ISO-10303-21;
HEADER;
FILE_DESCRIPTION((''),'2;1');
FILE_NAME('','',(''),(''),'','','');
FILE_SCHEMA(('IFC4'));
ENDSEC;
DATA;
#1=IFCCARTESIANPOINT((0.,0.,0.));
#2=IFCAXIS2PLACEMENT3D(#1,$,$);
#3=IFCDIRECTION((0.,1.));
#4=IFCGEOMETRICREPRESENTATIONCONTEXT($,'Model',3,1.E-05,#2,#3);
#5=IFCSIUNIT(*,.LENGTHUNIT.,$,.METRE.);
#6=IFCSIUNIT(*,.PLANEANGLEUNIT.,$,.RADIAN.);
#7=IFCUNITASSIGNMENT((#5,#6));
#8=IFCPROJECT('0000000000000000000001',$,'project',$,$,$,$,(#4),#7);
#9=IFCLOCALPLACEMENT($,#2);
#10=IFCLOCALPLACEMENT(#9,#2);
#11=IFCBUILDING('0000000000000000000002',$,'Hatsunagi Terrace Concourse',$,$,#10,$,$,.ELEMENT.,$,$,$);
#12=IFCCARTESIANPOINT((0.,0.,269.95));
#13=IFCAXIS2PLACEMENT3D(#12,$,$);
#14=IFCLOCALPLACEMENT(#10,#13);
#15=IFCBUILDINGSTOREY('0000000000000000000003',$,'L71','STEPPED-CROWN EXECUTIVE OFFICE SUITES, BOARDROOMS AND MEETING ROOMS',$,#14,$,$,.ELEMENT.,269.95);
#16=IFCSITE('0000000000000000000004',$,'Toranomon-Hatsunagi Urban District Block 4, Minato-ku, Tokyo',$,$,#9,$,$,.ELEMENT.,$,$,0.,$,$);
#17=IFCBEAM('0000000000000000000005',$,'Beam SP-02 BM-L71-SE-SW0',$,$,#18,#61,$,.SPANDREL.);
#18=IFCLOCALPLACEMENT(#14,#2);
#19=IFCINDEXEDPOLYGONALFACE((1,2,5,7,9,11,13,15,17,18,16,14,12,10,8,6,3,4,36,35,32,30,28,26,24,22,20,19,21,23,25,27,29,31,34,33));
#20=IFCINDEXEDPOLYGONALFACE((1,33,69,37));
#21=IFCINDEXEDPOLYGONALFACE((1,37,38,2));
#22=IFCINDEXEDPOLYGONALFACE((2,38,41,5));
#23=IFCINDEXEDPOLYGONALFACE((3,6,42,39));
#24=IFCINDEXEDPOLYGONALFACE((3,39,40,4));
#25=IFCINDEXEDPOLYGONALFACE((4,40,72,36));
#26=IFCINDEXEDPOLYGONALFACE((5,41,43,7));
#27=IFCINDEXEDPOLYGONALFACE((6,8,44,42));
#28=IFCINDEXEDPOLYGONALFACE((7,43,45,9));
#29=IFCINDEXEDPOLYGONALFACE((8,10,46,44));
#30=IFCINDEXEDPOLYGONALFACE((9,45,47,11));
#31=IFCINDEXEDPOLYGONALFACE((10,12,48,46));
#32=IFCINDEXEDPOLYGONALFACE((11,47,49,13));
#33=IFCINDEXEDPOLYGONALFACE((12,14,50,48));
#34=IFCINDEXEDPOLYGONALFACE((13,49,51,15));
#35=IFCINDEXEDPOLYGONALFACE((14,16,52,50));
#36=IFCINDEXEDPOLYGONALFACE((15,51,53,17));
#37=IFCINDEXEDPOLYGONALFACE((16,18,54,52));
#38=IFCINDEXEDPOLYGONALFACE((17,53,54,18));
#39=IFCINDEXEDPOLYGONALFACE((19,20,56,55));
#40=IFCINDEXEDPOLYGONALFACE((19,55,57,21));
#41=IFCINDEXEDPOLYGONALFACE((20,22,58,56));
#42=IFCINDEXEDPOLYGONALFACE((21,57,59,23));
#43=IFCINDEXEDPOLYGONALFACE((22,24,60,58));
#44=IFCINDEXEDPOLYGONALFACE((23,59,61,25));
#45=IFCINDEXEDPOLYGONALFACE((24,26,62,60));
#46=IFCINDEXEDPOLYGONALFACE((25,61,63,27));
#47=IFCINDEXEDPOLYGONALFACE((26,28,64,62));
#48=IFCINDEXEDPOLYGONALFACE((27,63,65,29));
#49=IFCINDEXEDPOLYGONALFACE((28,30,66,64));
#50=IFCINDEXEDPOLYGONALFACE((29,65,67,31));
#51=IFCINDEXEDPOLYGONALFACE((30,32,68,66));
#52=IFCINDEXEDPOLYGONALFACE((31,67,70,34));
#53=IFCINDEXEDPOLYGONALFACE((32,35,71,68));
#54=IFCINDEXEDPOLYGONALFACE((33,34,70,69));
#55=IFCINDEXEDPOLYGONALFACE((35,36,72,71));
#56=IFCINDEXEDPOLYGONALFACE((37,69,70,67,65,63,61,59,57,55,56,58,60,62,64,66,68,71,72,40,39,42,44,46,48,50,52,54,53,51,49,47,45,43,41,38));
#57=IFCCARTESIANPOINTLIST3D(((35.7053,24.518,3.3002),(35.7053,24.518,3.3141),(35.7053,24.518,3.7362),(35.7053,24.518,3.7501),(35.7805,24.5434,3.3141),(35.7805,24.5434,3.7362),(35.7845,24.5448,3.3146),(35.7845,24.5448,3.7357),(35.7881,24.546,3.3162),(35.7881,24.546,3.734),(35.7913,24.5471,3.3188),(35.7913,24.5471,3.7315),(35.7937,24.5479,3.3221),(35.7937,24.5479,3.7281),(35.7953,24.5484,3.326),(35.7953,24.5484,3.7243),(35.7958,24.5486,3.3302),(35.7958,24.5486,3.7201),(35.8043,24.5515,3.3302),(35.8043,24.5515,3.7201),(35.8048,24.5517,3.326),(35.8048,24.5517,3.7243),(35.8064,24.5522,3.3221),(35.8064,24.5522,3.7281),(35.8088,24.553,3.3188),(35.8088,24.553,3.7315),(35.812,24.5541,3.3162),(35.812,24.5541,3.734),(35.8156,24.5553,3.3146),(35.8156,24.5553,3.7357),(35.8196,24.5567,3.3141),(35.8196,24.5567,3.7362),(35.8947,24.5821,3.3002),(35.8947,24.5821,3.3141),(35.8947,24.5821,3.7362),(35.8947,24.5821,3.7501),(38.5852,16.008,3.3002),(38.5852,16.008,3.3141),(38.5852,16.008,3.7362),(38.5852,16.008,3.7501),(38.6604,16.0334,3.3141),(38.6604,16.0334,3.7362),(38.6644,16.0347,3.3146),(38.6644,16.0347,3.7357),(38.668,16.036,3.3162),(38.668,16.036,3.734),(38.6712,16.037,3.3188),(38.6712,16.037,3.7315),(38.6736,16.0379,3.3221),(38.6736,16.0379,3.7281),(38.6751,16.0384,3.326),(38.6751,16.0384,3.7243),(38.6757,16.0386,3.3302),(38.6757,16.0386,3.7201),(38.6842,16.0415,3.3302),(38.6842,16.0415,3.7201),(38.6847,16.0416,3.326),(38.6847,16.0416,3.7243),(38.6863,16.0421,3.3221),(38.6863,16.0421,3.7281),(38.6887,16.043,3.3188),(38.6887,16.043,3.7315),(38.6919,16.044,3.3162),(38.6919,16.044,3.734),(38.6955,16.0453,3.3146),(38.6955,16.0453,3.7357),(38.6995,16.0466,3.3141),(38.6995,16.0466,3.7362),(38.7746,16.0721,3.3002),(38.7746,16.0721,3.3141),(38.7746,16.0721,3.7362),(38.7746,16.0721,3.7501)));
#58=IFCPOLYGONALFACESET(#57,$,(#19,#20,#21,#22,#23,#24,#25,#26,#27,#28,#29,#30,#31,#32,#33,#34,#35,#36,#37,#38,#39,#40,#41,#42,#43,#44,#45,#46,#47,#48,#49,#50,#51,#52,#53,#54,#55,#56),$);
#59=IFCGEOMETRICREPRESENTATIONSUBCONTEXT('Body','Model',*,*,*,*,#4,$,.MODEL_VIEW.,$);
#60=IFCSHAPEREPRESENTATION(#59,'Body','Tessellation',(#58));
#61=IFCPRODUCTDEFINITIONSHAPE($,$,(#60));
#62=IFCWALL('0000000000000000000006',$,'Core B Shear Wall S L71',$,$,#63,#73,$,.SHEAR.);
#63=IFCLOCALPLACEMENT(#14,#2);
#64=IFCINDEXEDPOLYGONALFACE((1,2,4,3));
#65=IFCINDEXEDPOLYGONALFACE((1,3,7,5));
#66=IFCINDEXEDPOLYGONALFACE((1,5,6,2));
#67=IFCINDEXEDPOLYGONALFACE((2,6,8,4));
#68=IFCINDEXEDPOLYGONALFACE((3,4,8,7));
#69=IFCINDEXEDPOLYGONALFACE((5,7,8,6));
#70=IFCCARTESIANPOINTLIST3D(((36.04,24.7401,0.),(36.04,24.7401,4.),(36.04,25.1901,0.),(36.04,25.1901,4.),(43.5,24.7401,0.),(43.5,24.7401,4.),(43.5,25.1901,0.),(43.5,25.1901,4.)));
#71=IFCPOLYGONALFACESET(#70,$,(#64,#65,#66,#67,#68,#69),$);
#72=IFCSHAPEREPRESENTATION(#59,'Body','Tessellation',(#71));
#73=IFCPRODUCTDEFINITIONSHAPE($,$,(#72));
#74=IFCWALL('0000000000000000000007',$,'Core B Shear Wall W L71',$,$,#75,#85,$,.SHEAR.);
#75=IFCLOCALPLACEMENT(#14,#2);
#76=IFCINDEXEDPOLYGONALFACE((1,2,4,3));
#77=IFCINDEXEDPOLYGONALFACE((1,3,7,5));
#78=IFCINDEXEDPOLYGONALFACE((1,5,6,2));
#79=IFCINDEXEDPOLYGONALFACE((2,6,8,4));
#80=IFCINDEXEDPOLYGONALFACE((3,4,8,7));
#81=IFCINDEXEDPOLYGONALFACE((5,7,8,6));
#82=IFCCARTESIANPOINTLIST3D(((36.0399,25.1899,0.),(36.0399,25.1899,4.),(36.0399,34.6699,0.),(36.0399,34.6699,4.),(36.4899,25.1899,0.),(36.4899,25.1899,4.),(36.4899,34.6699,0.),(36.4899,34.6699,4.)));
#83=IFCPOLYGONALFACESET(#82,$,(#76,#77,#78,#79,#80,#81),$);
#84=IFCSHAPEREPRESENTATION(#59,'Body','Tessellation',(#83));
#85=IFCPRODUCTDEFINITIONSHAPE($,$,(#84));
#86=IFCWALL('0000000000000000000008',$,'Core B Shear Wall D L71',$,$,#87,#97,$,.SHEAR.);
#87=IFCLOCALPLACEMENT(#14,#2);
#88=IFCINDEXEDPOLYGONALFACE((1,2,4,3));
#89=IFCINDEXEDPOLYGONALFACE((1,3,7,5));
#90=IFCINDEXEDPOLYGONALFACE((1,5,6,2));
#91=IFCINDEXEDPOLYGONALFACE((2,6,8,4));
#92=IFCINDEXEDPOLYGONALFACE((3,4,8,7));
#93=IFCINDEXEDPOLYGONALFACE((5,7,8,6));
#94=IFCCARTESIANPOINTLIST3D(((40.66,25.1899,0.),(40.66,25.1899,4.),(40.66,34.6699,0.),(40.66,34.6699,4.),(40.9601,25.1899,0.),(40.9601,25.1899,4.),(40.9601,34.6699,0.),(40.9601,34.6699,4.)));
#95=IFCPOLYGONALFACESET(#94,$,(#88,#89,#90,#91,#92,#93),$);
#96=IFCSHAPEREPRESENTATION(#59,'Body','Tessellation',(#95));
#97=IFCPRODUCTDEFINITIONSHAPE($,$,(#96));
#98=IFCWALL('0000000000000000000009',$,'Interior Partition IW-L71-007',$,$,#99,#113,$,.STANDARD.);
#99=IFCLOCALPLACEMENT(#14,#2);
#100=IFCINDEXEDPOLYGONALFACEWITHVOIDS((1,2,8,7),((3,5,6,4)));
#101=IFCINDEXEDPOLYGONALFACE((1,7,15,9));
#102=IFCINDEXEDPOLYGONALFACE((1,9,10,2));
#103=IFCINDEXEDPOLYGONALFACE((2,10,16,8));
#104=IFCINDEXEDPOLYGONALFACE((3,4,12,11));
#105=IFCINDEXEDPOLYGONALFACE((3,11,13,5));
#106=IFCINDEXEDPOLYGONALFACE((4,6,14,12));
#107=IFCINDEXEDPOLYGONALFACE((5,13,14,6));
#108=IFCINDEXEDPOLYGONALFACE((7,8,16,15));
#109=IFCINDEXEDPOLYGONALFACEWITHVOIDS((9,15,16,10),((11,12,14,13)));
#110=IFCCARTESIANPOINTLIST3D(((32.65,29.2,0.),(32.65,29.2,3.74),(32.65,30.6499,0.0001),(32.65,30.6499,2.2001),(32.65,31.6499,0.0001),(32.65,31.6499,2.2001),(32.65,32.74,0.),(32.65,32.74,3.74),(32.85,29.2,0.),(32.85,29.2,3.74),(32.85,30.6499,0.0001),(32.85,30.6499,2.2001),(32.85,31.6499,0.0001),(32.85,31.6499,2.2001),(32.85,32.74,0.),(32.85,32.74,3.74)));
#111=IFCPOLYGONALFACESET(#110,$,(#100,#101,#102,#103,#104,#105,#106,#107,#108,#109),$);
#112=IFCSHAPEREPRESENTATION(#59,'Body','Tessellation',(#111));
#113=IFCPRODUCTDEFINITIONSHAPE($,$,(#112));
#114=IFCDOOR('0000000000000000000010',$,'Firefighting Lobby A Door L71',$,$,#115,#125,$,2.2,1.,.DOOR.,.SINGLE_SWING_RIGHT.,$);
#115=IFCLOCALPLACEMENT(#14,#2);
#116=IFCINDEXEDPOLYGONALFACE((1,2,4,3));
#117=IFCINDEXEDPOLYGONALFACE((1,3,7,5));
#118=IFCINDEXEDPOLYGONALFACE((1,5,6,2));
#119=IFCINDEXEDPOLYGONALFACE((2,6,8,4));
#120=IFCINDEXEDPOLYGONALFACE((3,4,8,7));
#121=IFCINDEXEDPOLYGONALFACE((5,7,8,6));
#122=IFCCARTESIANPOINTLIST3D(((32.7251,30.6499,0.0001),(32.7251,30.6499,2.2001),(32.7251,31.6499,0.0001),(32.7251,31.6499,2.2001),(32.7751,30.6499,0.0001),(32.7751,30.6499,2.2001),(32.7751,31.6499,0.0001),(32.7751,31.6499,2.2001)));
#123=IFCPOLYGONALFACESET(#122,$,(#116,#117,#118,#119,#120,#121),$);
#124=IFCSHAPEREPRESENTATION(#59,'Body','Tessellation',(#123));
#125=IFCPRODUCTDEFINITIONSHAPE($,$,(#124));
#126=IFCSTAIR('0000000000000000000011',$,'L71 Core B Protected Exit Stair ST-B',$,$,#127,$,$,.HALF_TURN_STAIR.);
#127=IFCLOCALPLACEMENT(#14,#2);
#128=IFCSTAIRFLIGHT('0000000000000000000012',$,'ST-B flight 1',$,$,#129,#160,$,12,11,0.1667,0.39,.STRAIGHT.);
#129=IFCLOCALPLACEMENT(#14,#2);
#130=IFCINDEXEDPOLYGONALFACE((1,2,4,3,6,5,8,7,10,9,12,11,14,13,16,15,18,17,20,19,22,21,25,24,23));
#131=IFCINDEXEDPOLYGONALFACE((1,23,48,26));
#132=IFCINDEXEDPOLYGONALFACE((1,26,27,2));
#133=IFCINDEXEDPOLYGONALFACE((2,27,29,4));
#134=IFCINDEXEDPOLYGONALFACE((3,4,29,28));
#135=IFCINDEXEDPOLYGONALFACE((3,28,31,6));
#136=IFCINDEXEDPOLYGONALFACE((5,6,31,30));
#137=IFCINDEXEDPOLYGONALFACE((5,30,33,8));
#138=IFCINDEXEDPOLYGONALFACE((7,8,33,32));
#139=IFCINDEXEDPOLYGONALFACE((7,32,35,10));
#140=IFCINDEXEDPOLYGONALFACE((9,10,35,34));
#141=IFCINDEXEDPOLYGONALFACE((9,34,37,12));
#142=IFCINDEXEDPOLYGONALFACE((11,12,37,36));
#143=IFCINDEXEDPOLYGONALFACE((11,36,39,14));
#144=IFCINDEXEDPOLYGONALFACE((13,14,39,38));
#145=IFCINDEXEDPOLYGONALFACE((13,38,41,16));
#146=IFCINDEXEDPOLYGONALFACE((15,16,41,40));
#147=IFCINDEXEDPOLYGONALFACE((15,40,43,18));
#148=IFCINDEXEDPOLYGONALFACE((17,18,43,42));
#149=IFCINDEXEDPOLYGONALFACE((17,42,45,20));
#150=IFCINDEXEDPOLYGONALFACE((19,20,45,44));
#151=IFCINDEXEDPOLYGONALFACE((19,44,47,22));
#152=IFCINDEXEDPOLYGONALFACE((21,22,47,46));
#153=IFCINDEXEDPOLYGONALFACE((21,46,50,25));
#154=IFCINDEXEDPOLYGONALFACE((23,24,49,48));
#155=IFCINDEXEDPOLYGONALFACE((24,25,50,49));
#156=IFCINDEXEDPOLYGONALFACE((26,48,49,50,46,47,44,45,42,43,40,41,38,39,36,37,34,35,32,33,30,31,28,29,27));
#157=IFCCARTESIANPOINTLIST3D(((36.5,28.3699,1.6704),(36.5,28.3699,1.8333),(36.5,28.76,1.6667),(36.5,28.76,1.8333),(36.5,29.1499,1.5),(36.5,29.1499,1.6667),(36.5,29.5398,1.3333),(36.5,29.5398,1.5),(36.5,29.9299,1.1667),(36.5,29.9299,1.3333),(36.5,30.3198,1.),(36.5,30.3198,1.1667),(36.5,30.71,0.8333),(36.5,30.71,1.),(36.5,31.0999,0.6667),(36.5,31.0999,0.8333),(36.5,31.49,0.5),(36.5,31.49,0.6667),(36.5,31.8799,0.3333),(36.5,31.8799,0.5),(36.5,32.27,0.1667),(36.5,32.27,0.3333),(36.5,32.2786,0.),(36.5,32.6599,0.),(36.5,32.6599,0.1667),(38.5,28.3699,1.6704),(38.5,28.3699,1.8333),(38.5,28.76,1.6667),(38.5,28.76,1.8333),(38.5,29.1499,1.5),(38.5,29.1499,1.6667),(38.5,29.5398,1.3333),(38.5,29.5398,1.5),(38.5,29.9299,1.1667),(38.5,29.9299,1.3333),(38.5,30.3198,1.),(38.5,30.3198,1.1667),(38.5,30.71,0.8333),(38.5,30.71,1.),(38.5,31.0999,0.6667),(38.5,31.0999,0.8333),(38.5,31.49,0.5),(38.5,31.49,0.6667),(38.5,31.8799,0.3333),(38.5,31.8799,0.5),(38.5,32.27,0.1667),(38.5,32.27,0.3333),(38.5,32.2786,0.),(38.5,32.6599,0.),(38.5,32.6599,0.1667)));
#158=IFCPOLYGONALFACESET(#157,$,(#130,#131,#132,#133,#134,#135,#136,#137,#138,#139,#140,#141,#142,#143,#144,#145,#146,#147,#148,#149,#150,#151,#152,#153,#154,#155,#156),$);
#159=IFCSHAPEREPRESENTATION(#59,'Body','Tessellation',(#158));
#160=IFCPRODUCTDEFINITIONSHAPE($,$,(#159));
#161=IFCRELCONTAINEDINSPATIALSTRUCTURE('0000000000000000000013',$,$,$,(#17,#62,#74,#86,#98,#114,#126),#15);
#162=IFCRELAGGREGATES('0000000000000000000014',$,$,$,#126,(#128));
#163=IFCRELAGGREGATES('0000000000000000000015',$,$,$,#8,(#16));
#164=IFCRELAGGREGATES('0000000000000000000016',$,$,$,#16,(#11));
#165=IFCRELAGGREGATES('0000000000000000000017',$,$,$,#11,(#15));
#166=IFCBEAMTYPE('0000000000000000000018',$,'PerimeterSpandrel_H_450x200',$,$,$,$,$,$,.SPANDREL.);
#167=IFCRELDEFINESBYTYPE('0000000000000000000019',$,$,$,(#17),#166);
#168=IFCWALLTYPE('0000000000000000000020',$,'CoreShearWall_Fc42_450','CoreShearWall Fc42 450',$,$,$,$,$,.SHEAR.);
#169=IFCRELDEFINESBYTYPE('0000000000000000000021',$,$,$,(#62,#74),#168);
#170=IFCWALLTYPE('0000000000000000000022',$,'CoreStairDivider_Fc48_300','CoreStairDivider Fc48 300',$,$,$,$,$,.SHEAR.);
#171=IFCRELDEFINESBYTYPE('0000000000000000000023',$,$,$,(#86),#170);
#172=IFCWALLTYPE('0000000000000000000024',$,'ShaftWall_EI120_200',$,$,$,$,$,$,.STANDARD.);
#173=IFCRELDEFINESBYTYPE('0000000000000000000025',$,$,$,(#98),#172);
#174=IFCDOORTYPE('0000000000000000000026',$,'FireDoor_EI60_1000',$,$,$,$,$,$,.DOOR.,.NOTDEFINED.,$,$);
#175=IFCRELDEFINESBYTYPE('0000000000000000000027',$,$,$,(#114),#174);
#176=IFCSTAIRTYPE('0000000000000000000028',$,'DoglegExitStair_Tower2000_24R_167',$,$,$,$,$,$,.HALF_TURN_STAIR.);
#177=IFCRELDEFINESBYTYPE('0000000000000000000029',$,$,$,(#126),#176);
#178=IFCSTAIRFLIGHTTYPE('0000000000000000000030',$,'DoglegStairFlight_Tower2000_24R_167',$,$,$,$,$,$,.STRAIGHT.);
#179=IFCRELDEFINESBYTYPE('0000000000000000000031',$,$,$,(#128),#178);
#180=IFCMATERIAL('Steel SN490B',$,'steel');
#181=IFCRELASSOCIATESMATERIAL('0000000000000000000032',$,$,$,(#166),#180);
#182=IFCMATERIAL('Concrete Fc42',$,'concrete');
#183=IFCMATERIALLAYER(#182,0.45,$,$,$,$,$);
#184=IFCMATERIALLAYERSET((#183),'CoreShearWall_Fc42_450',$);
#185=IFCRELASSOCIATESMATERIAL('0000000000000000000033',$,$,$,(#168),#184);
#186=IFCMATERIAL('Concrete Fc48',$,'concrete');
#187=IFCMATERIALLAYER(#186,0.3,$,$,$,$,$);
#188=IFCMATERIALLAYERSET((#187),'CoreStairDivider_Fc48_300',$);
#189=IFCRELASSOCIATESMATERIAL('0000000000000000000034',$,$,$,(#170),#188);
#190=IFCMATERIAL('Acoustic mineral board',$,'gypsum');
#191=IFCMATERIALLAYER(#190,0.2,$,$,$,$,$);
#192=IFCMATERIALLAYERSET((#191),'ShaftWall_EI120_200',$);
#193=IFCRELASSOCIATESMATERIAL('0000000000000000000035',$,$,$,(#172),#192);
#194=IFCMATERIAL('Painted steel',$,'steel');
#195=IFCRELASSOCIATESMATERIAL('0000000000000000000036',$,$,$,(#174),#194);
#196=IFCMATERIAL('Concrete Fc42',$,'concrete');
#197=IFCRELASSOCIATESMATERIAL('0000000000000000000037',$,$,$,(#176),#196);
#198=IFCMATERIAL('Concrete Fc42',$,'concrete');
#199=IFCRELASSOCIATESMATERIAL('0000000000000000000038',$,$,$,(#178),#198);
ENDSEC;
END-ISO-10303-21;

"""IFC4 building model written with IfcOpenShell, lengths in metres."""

from ifc_helpers import new_model, si_unit, direction, frame, frame_2d, origin, origin_2d, place, context, subcontext, project, spatial, polyline, rectangle, i_section, outline, extrude, material, layer, layer_set, material_profile, profile_set, type_object, element, fill, aggregate, save


model = new_model("IFC4")

# Units and contexts
model_context = context("Model", 3, precision=1e-05, world=origin(), true_north=direction((0.0, 1.0)))
body_context = subcontext(model_context, "Body", "Model", "MODEL_VIEW")
ifc_project = project(units=[si_unit("LENGTHUNIT", "METRE"), si_unit("PLANEANGLEUNIT", "RADIAN")], contexts=[model_context])

# Site, building, storey
site_placement = place(None, origin())
site = spatial("IfcSite", under=ifc_project, at=site_placement, Name="Toranomon-Hatsunagi Urban District Block 4, Minato-ku, Tokyo", CompositionType="ELEMENT", RefElevation=0.0)
building_placement = place(site_placement, origin())
building = spatial("IfcBuilding", under=site, at=building_placement, Name="Hatsunagi Terrace Concourse", CompositionType="ELEMENT")
storey_placement = place(building_placement, frame((0.0, 0.0, 269.95)))
storey = spatial("IfcBuildingStorey", under=building, at=storey_placement, Name="L71", Description="STEPPED-CROWN EXECUTIVE OFFICE SUITES, BOARDROOMS AND MEETING ROOMS", CompositionType="ELEMENT", Elevation=269.95)

# Beam
ifc_material_1 = material(Name="Steel SN490B", Category="steel")
ifc_material_profile_1 = material_profile(ifc_material_1, i_section(OverallWidth=0.2, OverallDepth=0.45, WebThickness=0.009, FlangeThickness=0.0139, FilletRadius=0.0161, at=origin_2d()), Name="H-450x200x9x14")
ifc_profile_set_1 = profile_set([ifc_material_profile_1], Name="Steel SN490B")
beam_type_1 = type_object("IfcBeamType", Name="PerimeterSpandrel_H_450x200", PredefinedType="SPANDREL", material=ifc_profile_set_1)
beam_1_placement = place(storey_placement, frame((35.8, 24.55, 3.5251), z_axis=(0.320553, -0.94723, 0.0), x_axis=(0.94723, 0.320553, 0.0)))
element("IfcBeam", 1, at=beam_1_placement, inside=storey, type_object=beam_type_1, Name="Beam SP-02 BM-L71-SE-SW0", PredefinedType="SPANDREL", context=body_context, shape_type="SweptSolid", body=[
    extrude(i_section(OverallWidth=0.2, OverallDepth=0.45, WebThickness=0.009, FlangeThickness=0.0139, FilletRadius=0.0161, at=origin_2d()), origin(), (0.0, 0.0, 1.0), 8.9841),
])

# Walls
ifc_material_2 = material(Name="Concrete Fc42", Category="concrete")
ifc_layer_1 = layer(ifc_material_2, 0.45)
ifc_layer_set_1 = layer_set([ifc_layer_1], Name="CoreShearWall_Fc42_450")
wall_type_1 = type_object("IfcWallType", Name="CoreShearWall_Fc42_450", Description="CoreShearWall Fc42 450", PredefinedType="SHEAR", material=ifc_layer_set_1)
wall_1_placement = place(storey_placement, frame((36.04, 24.9651, 0.0), z_axis=(0.0, 0.0, 1.0), x_axis=(1.0, 0.0, 0.0)))
element("IfcWall", 2, at=wall_1_placement, inside=storey, type_object=wall_type_1, Name="Core B Shear Wall S L71", PredefinedType="SHEAR", context=body_context, shape_type="SweptSolid", body=[
    extrude(rectangle(XDim=7.46, YDim=0.45, at=frame_2d((3.73, 0.0))), origin(), (0.0, 0.0, 1.0), 4.0),
])
wall_2_placement = place(storey_placement, frame((36.2649, 25.1899, 0.0), z_axis=(0.0, 0.0, 1.0), x_axis=(0.0, 1.0, 0.0)))
element("IfcWall", 3, at=wall_2_placement, inside=storey, type_object=wall_type_1, Name="Core B Shear Wall W L71", PredefinedType="SHEAR", context=body_context, shape_type="SweptSolid", body=[
    extrude(rectangle(XDim=9.48, YDim=0.45, at=frame_2d((4.74, 0.0))), origin(), (0.0, 0.0, 1.0), 4.0),
])
ifc_material_3 = material(Name="Concrete Fc48", Category="concrete")
ifc_layer_2 = layer(ifc_material_3, 0.3)
ifc_layer_set_2 = layer_set([ifc_layer_2], Name="CoreStairDivider_Fc48_300")
wall_type_2 = type_object("IfcWallType", Name="CoreStairDivider_Fc48_300", Description="CoreStairDivider Fc48 300", PredefinedType="SHEAR", material=ifc_layer_set_2)
wall_3_placement = place(storey_placement, frame((40.8101, 25.1899, 0.0), z_axis=(0.0, 0.0, 1.0), x_axis=(0.0, 1.0, 0.0)))
element("IfcWall", 4, at=wall_3_placement, inside=storey, type_object=wall_type_2, Name="Core B Shear Wall D L71", PredefinedType="SHEAR", context=body_context, shape_type="SweptSolid", body=[
    extrude(rectangle(XDim=9.48, YDim=0.3, at=frame_2d((4.74, 0.0))), origin(), (0.0, 0.0, 1.0), 4.0),
])

# Wall, opening, door
ifc_material_4 = material(Name="Acoustic mineral board", Category="gypsum")
ifc_layer_3 = layer(ifc_material_4, 0.2)
ifc_layer_set_3 = layer_set([ifc_layer_3], Name="ShaftWall_EI120_200")
wall_type_3 = type_object("IfcWallType", Name="ShaftWall_EI120_200", PredefinedType="STANDARD", material=ifc_layer_set_3)
wall_4_placement = place(storey_placement, frame((32.75, 29.2, 0.0), z_axis=(0.0, 0.0, 1.0), x_axis=(0.0, 1.0, 0.0)))
wall_4 = element("IfcWall", 5, at=wall_4_placement, inside=storey, type_object=wall_type_3, Name="Interior Partition IW-L71-007", PredefinedType="STANDARD", context=body_context, shape_type="SweptSolid", body=[
    extrude(rectangle(XDim=3.54, YDim=0.2, at=frame_2d((1.77, 0.0))), origin(), (0.0, 0.0, 1.0), 3.74),
])
opening_placement = place(wall_4_placement, frame((1.45, 0.0, 0.0)))
opening = element("IfcOpeningElement", 6, at=opening_placement, cuts=wall_4, PredefinedType="OPENING", context=body_context, shape_type="SweptSolid", body=[
    extrude(rectangle(XDim=1.0, YDim=2.2, at=frame_2d((0.5, 1.1001))), frame((0.0, 0.1099, 0.0), z_axis=(0.0, -1.0, 0.0), x_axis=(1.0, 0.0, 0.0)), (0.0, 0.0, 1.0), 0.22),
])
ifc_material_5 = material(Name="Painted steel", Category="steel")
door_type = type_object("IfcDoorType", Name="FireDoor_EI60_1000", OperationType="NOTDEFINED", PredefinedType="DOOR", material=ifc_material_5)
door_placement = place(opening_placement, origin())
door = element("IfcDoor", 7, at=door_placement, inside=storey, type_object=door_type, Name="Firefighting Lobby A Door L71", OperationType="SINGLE_SWING_RIGHT", OverallHeight=2.2, OverallWidth=1.0, PredefinedType="DOOR", context=body_context, shape_type="SweptSolid", body=[
    extrude(rectangle(XDim=1.0, YDim=2.2, at=frame_2d((0.5, 1.1001))), frame((0.0, 0.0249, 0.0), z_axis=(0.0, -1.0, 0.0), x_axis=(1.0, 0.0, 0.0)), (0.0, 0.0, 1.0), 0.05),
])
fill(opening, door)

# Stair, stair flight
ifc_material_6 = material(Name="Concrete Fc42", Category="concrete")
stair_type = type_object("IfcStairType", Name="DoglegExitStair_Tower2000_24R_167", PredefinedType="HALF_TURN_STAIR", material=ifc_material_6)
stair_placement = place(storey_placement, origin())
stair = element("IfcStair", 8, at=stair_placement, inside=storey, type_object=stair_type, Name="L71 Core B Protected Exit Stair ST-B", PredefinedType="HALF_TURN_STAIR")
ifc_material_7 = material(Name="Concrete Fc42", Category="concrete")
stair_flight_type = type_object("IfcStairFlightType", Name="DoglegStairFlight_Tower2000_24R_167", PredefinedType="STRAIGHT", material=ifc_material_7)
stair_flight_1_placement = place(storey_placement, frame((37.5, 32.6599, 0.0), z_axis=(0.0, 0.0, 1.0), x_axis=(0.0, -1.0, 0.0)))
stair_flight_1 = element("IfcStairFlight", 9, at=stair_flight_1_placement, type_object=stair_flight_type, Name="ST-B flight 1", NumberOfRisers=12, NumberOfTreads=11, PredefinedType="STRAIGHT", RiserHeight=0.1667, TreadLength=0.39, context=body_context, shape_type="SweptSolid", body=[
    extrude(outline(polyline([(0.0, 0.0), (0.0, 0.1667), (0.3899, 0.1667), (0.3899, 0.3333), (0.78, 0.3333), (0.78, 0.5), (1.1699, 0.5), (1.1699, 0.6667), (1.5601, 0.6667), (1.5601, 0.8333), (1.95, 0.8333), (1.95, 1.0), (2.3401, 1.0), (2.3401, 1.1667), (2.73, 1.1667), (2.73, 1.3333), (3.1201, 1.3333), (3.1201, 1.5), (3.51, 1.5), (3.51, 1.6667), (3.8999, 1.6667), (3.8999, 1.8333), (4.29, 1.8333), (4.29, 2.0), (4.29, 1.6704), (0.3813, 0.0), (0.0, 0.0)])), frame((0.0, 1.0, 0.0), z_axis=(0.0, -1.0, 0.0), x_axis=(1.0, 0.0, 0.0)), (0.0, 0.0, 1.0), 2.0),
])
aggregate(stair, [stair_flight_1])

save(model, "model.ifc")
